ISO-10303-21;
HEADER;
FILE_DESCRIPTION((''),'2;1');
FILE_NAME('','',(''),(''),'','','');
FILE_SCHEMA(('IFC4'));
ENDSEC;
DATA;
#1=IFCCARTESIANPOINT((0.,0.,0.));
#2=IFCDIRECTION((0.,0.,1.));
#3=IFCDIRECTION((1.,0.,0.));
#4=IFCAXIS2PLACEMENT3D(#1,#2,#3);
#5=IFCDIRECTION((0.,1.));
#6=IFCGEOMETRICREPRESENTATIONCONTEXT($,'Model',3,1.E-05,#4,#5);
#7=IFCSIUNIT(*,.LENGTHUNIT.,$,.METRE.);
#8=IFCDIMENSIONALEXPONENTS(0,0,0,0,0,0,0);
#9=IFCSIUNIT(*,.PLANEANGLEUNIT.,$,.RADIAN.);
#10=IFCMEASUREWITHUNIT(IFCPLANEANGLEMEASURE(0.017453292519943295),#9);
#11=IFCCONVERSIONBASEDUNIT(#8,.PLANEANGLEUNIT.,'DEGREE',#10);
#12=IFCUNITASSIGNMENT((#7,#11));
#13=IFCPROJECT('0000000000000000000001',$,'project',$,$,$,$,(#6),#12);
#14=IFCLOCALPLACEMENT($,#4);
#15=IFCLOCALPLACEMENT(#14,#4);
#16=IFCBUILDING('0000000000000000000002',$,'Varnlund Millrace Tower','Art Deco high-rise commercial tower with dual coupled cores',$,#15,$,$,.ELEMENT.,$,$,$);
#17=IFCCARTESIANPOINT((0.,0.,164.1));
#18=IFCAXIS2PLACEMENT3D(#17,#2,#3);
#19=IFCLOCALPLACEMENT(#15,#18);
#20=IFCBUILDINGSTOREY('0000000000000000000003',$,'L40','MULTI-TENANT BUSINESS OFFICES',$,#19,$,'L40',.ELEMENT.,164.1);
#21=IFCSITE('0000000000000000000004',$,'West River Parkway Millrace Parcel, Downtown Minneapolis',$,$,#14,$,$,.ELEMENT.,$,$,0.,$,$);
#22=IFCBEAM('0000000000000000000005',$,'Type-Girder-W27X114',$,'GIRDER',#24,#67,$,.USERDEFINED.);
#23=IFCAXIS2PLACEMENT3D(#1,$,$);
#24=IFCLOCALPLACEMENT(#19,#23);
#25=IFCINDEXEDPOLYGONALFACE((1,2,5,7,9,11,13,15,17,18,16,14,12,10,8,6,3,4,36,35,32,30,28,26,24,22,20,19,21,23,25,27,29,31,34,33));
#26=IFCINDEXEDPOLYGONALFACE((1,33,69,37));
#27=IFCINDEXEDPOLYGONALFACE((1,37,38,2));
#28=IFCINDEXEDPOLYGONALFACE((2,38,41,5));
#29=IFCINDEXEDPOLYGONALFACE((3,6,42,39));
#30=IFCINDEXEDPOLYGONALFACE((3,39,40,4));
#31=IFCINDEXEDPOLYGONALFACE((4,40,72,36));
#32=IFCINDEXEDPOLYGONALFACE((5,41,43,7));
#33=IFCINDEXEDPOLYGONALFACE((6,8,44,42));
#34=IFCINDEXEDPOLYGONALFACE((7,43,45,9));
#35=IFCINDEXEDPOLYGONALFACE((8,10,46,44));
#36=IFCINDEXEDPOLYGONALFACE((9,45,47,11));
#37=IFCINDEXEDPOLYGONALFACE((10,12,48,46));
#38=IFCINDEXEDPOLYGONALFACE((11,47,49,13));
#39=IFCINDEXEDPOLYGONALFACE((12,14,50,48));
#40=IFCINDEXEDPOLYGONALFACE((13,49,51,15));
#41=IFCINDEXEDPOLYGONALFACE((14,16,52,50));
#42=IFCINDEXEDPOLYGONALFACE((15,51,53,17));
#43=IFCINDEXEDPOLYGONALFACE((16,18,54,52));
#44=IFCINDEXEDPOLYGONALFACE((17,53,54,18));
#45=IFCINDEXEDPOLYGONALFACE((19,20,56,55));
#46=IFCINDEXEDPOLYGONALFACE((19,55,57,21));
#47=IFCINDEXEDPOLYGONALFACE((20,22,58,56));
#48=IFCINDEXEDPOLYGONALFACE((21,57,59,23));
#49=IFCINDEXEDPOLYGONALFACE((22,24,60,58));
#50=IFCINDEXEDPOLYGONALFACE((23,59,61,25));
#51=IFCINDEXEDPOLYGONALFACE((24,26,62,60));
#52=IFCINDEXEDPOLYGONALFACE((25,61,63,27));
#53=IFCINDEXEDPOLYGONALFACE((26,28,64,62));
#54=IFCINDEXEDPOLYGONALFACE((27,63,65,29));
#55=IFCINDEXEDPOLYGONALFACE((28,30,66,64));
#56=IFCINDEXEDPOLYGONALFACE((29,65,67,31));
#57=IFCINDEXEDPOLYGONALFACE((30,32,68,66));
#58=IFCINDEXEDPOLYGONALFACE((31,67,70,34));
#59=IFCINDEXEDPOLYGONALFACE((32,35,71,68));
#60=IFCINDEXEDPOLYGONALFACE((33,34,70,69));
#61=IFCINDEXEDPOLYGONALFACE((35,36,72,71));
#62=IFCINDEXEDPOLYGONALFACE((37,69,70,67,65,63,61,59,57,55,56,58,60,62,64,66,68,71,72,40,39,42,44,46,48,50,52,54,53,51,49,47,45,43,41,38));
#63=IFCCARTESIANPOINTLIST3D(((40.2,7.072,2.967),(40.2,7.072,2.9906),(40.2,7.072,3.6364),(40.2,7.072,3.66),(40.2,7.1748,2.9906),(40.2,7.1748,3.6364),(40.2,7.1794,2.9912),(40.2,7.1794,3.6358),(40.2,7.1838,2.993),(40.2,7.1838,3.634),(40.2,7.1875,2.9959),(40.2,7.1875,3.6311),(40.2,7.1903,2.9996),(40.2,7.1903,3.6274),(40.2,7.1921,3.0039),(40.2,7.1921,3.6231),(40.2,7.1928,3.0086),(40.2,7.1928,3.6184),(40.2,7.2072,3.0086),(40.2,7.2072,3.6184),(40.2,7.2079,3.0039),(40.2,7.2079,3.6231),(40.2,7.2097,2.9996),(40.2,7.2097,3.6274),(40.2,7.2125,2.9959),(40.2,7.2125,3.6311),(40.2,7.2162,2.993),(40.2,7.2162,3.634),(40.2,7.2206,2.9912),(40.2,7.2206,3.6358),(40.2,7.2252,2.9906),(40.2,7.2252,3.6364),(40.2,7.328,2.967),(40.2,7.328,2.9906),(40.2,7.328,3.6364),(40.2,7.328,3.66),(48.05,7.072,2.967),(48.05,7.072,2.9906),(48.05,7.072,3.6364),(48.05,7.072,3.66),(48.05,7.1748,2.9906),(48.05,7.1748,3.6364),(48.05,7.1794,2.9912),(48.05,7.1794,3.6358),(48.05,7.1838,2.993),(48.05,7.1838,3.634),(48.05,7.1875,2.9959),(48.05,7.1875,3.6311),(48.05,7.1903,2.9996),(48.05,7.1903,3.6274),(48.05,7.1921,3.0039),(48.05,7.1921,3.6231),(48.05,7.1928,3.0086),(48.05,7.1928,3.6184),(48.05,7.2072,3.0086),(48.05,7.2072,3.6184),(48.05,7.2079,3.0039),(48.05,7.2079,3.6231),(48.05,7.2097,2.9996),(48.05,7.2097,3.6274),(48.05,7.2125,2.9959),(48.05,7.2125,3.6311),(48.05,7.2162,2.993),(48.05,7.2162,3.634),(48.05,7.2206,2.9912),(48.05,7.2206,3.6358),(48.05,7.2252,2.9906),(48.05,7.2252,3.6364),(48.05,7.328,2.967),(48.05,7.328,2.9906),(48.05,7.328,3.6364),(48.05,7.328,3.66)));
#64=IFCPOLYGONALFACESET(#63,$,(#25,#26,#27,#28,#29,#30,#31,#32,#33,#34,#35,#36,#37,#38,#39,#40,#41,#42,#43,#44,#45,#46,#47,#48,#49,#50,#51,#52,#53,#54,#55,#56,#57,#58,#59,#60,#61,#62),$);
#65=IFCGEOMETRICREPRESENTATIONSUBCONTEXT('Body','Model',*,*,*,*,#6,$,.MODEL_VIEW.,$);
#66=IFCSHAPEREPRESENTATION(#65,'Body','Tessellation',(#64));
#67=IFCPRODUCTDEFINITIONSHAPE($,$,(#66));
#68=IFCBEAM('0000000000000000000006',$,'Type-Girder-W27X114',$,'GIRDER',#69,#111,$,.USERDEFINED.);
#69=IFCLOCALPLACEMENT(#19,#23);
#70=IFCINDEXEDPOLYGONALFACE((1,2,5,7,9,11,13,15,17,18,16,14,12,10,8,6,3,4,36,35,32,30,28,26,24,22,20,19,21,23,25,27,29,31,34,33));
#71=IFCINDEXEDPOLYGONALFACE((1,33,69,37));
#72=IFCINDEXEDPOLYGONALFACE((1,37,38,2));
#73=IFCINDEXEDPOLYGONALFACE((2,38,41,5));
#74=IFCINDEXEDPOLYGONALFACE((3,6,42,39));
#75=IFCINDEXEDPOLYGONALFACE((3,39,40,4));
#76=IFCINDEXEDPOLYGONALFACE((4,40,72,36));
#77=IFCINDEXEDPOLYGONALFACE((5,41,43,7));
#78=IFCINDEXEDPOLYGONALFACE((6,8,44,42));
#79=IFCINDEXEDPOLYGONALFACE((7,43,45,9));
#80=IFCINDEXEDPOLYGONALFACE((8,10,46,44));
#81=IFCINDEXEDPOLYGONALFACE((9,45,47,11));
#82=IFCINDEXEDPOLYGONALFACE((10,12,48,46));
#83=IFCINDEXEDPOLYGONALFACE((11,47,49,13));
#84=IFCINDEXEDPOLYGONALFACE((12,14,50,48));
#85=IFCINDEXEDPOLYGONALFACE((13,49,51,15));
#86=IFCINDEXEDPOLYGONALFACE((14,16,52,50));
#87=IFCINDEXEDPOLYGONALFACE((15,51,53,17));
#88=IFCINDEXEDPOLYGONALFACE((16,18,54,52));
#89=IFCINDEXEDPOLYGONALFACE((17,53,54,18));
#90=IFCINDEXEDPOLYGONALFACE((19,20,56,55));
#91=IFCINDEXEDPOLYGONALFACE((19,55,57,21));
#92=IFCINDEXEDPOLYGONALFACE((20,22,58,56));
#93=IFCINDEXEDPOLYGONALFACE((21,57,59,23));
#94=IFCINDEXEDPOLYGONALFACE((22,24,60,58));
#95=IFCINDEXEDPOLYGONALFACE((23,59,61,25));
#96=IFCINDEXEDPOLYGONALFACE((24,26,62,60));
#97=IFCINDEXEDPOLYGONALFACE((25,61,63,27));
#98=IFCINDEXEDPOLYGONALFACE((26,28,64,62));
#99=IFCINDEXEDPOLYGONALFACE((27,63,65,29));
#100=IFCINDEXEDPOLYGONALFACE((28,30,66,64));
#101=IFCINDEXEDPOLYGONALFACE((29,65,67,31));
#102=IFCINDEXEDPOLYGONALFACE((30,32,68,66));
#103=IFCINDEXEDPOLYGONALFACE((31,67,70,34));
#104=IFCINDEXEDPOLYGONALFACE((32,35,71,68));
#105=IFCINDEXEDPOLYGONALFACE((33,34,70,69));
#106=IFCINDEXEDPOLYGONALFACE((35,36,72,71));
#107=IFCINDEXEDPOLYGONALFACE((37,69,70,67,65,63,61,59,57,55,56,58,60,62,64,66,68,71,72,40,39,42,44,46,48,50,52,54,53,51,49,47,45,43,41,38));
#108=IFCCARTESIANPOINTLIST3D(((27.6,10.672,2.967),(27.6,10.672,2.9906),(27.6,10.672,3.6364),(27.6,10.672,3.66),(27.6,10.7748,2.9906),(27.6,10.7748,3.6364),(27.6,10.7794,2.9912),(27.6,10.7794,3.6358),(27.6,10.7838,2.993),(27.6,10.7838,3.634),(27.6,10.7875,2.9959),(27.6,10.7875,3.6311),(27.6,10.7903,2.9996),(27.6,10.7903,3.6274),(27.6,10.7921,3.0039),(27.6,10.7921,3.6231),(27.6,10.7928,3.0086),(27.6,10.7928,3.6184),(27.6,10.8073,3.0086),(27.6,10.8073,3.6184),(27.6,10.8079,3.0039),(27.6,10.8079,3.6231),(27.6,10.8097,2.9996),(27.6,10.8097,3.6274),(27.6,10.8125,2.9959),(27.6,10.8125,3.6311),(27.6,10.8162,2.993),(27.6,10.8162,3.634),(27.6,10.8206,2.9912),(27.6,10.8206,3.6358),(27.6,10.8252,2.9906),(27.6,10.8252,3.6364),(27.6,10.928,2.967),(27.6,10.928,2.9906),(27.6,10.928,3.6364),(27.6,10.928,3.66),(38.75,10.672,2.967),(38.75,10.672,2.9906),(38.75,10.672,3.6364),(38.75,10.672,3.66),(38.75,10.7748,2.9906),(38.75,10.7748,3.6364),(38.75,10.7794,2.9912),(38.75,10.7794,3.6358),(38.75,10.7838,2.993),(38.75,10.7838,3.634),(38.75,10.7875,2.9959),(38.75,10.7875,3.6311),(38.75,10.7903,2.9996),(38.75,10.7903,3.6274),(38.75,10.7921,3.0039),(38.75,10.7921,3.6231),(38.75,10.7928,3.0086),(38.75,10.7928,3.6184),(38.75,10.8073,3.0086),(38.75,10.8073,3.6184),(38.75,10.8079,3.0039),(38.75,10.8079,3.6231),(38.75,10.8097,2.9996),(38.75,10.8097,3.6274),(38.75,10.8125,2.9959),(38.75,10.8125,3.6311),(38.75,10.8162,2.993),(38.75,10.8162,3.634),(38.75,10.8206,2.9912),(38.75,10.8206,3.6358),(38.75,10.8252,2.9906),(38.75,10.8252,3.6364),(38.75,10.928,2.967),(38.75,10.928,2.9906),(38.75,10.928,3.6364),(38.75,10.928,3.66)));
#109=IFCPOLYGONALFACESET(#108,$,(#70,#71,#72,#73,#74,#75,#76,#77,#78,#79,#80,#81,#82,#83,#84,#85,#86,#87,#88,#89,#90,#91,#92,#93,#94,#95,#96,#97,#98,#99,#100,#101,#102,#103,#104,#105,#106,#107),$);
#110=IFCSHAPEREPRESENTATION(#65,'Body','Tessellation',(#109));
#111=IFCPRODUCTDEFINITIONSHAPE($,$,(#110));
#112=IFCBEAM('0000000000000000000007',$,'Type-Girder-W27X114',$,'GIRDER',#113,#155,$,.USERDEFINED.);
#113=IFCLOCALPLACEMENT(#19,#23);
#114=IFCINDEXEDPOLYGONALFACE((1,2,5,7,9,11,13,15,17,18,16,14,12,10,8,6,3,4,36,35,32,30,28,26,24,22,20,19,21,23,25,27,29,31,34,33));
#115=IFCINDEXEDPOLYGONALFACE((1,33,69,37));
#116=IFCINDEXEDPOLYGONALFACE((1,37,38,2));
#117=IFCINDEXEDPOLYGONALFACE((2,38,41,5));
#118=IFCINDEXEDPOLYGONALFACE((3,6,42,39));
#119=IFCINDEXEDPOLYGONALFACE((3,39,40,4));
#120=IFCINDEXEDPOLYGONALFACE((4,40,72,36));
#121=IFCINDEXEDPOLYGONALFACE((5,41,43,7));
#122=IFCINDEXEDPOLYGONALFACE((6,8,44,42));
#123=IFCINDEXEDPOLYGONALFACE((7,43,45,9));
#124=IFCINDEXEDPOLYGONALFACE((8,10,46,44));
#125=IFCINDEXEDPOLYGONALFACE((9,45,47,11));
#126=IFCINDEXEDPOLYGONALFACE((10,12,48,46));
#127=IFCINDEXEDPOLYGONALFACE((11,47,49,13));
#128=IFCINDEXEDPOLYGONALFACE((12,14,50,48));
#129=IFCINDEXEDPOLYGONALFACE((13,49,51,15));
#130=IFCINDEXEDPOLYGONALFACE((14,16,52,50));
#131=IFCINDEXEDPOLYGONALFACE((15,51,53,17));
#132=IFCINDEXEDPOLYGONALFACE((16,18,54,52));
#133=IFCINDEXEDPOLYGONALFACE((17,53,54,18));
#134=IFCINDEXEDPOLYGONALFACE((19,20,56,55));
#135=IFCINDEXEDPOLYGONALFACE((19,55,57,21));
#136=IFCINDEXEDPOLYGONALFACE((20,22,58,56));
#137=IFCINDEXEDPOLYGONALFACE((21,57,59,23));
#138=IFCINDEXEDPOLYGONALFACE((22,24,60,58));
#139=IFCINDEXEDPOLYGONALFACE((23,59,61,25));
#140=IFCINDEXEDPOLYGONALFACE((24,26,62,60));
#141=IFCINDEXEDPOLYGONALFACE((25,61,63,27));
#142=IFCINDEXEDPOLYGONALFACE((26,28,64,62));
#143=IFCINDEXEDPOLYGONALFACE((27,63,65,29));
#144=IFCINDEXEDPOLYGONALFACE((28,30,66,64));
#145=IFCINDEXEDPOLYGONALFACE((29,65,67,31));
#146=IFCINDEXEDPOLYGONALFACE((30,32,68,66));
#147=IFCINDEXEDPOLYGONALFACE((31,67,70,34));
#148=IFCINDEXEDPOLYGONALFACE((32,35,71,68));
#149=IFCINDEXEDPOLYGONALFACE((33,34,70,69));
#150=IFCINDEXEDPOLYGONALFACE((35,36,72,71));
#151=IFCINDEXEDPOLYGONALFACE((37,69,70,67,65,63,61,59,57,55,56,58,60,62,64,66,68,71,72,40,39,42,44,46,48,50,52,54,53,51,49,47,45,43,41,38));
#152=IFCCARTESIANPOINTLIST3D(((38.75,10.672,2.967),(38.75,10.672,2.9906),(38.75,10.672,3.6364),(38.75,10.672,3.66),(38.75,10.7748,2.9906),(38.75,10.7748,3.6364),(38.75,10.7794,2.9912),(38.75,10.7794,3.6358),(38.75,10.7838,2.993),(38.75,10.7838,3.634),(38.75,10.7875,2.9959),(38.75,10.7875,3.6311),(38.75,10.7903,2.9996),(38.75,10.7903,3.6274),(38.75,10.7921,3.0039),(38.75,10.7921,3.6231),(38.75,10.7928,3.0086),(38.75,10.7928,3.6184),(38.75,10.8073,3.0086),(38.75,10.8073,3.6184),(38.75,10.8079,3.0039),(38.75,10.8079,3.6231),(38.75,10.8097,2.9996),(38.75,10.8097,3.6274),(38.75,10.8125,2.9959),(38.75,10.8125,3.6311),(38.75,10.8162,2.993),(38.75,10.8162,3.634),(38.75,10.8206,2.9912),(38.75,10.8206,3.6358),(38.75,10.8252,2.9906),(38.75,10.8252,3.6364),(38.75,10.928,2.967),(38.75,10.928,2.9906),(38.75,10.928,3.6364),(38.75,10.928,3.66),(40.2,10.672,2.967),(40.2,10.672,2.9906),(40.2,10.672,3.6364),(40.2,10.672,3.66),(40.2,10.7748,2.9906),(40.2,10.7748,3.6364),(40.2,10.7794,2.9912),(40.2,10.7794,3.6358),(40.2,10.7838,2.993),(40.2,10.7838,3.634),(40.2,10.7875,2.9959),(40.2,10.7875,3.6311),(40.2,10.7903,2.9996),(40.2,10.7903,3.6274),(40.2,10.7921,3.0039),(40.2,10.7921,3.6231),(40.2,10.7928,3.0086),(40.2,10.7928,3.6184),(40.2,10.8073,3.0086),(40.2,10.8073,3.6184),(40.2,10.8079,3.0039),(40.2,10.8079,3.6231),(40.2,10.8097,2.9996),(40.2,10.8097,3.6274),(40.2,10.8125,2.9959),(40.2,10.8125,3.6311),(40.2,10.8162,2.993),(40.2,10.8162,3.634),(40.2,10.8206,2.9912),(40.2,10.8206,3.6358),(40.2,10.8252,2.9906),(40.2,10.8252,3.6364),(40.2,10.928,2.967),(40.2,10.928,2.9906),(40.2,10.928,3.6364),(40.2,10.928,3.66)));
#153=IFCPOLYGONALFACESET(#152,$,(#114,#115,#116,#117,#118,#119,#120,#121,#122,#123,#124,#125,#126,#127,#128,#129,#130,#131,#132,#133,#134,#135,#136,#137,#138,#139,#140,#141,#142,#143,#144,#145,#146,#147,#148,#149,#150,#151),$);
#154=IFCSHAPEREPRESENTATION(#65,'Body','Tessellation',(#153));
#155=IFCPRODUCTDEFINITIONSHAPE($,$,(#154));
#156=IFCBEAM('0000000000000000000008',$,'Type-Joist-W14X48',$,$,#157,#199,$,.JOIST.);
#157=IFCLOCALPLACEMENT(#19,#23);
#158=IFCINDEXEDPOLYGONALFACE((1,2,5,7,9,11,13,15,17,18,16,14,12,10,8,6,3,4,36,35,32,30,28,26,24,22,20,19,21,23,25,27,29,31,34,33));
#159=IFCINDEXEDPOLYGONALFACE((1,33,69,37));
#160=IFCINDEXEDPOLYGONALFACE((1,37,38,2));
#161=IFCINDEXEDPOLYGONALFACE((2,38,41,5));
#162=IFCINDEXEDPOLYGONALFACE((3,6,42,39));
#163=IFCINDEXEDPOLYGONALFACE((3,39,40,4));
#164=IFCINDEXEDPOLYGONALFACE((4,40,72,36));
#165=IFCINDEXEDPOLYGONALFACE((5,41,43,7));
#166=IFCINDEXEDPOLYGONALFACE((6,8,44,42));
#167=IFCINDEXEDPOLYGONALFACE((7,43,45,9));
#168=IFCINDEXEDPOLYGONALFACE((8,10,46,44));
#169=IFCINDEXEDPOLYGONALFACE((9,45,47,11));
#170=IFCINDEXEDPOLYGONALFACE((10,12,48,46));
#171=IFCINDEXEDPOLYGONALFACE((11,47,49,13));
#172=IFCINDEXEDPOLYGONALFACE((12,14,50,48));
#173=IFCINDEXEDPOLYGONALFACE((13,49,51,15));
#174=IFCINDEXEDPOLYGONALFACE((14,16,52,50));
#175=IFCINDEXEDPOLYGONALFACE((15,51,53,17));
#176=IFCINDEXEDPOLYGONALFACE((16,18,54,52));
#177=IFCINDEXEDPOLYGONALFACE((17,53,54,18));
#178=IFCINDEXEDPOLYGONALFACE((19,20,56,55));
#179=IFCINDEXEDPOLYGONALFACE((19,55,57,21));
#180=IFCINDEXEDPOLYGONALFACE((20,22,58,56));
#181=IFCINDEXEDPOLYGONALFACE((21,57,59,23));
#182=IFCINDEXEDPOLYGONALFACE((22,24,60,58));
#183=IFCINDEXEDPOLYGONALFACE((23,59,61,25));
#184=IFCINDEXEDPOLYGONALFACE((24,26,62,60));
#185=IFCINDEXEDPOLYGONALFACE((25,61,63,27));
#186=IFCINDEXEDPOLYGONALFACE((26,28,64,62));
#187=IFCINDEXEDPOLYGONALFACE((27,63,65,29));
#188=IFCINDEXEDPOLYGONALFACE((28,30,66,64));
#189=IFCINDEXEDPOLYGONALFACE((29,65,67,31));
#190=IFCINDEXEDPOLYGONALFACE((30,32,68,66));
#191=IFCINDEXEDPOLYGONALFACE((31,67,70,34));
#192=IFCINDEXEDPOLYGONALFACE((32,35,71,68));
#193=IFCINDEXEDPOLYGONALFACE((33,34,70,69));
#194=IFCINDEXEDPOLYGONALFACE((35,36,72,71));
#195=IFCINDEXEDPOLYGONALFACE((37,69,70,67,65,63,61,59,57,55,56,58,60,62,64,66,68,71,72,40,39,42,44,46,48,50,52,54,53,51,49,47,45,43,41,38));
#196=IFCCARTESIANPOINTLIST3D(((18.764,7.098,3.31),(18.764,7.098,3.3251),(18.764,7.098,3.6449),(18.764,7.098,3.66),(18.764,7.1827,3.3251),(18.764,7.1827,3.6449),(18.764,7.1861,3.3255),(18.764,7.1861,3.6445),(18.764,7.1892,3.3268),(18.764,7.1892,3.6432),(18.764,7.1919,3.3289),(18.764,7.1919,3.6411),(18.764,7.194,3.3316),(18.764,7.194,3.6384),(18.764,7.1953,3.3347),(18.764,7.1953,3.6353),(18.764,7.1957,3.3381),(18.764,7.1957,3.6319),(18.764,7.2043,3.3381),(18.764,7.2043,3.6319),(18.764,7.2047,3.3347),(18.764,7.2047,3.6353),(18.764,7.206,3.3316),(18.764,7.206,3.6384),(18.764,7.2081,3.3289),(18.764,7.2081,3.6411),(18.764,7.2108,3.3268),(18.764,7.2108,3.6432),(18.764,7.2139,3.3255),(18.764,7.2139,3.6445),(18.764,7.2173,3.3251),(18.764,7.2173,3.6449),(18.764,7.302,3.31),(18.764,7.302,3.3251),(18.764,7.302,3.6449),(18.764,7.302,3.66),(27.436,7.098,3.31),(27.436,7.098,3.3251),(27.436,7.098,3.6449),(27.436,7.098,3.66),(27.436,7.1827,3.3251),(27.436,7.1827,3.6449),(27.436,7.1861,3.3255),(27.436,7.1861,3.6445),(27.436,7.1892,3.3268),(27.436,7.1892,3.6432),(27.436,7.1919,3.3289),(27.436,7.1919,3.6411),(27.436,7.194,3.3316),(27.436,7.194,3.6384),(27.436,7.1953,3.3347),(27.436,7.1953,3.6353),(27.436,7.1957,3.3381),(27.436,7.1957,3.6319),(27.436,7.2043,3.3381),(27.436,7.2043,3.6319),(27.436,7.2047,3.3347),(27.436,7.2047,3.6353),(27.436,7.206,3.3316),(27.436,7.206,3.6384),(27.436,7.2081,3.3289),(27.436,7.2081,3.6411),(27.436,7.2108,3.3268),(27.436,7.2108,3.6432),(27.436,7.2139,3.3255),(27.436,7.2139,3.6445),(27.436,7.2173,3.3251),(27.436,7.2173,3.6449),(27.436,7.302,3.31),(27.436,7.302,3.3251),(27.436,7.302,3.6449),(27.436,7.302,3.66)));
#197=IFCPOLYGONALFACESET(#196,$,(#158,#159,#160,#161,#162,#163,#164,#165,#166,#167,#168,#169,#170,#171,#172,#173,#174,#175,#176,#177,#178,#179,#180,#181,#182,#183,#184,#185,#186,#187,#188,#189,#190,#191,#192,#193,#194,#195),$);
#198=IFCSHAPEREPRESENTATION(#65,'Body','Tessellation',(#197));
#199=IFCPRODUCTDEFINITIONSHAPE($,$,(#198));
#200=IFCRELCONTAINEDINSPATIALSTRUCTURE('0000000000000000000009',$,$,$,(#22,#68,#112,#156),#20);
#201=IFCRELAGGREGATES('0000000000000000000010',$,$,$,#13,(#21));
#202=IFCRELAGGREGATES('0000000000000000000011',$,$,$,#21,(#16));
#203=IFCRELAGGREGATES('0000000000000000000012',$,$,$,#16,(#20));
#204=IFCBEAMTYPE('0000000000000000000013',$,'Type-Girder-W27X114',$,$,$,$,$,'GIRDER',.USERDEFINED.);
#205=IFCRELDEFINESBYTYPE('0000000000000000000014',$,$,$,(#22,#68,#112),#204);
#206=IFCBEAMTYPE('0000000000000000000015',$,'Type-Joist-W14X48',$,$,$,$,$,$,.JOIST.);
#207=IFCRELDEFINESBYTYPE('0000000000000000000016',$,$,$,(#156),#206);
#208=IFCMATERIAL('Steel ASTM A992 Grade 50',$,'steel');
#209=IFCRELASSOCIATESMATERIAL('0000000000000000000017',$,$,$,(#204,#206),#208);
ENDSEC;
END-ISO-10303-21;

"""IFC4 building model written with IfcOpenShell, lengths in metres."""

from ifc_helpers import new_model, entity, si_unit, converted_unit, direction, frame, origin_with_axes, origin_2d_with_axis, place, context, subcontext, project, spatial, i_section, extrude, material, material_profile, profile_set, type_object, element, save


model = new_model("IFC4")

# Units and contexts
model_context = context("Model", 3, precision=1e-05, world=origin_with_axes(), true_north=direction((0.0, 1.0)))
body_context = subcontext(model_context, "Body", "Model", "MODEL_VIEW")
ifc_project = project(units=[si_unit("LENGTHUNIT", "METRE"), converted_unit("PLANEANGLEUNIT", "DEGREE", entity("IfcPlaneAngleMeasure", 0.017453292519943295), si_unit("PLANEANGLEUNIT", "RADIAN"), dimensions=[0, 0, 0, 0, 0, 0, 0])], contexts=[model_context])

# Site, building, storey
site_placement = place(None, origin_with_axes())
site = spatial("IfcSite", under=ifc_project, at=site_placement, Name="West River Parkway Millrace Parcel, Downtown Minneapolis", CompositionType="ELEMENT", RefElevation=0.0)
building_placement = place(site_placement, origin_with_axes())
building = spatial("IfcBuilding", under=site, at=building_placement, Name="Varnlund Millrace Tower", Description="Art Deco high-rise commercial tower with dual coupled cores", CompositionType="ELEMENT")
storey_placement = place(building_placement, frame((0.0, 0.0, 164.1), z_axis=(0.0, 0.0, 1.0), x_axis=(1.0, 0.0, 0.0)))
storey = spatial("IfcBuildingStorey", under=building, at=storey_placement, Name="L40", Description="MULTI-TENANT BUSINESS OFFICES", LongName="L40", CompositionType="ELEMENT", Elevation=164.1)

# Beams
ifc_material_1 = material(Name="Steel ASTM A992 Grade 50", Category="steel")
ifc_material_profile_1 = material_profile(ifc_material_1, i_section(OverallWidth=0.256, OverallDepth=0.693, WebThickness=0.0145, FlangeThickness=0.0236, FilletRadius=0.018, at=origin_2d_with_axis()), Name="Steel ASTM A992 Grade 50")
ifc_profile_set_1 = profile_set([ifc_material_profile_1], Name="Steel ASTM A992 Grade 50")
beam_type_1 = type_object("IfcBeamType", Name="Type-Girder-W27X114", ElementType="GIRDER", PredefinedType="USERDEFINED", material=ifc_profile_set_1)
beam_1_placement = place(storey_placement, frame((40.2, 7.2, 3.3135), z_axis=(1.0, 0.0, 0.0), x_axis=(0.0, 1.0, 0.0)))
element("IfcBeam", 1, at=beam_1_placement, inside=storey, type_object=beam_type_1, Name="Type-Girder-W27X114", ObjectType="GIRDER", PredefinedType="USERDEFINED", context=body_context, shape_type="SweptSolid", body=[
    extrude(i_section(OverallWidth=0.256, OverallDepth=0.693, WebThickness=0.0145, FlangeThickness=0.0236, FilletRadius=0.018, at=origin_2d_with_axis()), origin_with_axes(), (0.0, 0.0, 1.0), 7.85),
])
beam_2_placement = place(storey_placement, frame((27.6, 10.8, 3.3135), z_axis=(1.0, 0.0, 0.0), x_axis=(0.0, 1.0, 0.0)))
element("IfcBeam", 2, at=beam_2_placement, inside=storey, type_object=beam_type_1, Name="Type-Girder-W27X114", ObjectType="GIRDER", PredefinedType="USERDEFINED", context=body_context, shape_type="SweptSolid", body=[
    extrude(i_section(OverallWidth=0.256, OverallDepth=0.693, WebThickness=0.0145, FlangeThickness=0.0236, FilletRadius=0.018, at=origin_2d_with_axis()), origin_with_axes(), (0.0, 0.0, 1.0), 11.15),
])
beam_3_placement = place(storey_placement, frame((38.75, 10.8, 3.3135), z_axis=(1.0, 0.0, 0.0), x_axis=(0.0, 1.0, 0.0)))
element("IfcBeam", 3, at=beam_3_placement, inside=storey, type_object=beam_type_1, Name="Type-Girder-W27X114", ObjectType="GIRDER", PredefinedType="USERDEFINED", context=body_context, shape_type="SweptSolid", body=[
    extrude(i_section(OverallWidth=0.256, OverallDepth=0.693, WebThickness=0.0145, FlangeThickness=0.0236, FilletRadius=0.018, at=origin_2d_with_axis()), origin_with_axes(), (0.0, 0.0, 1.0), 1.45),
])
ifc_material_profile_2 = material_profile(ifc_material_1, i_section(OverallWidth=0.204, OverallDepth=0.35, WebThickness=0.0086, FlangeThickness=0.0151, FilletRadius=0.013, at=origin_2d_with_axis()), Name="Steel ASTM A992 Grade 50")
ifc_profile_set_2 = profile_set([ifc_material_profile_2], Name="Steel ASTM A992 Grade 50")
beam_type_2 = type_object("IfcBeamType", Name="Type-Joist-W14X48", PredefinedType="JOIST", material=ifc_profile_set_2)
for number, where, z_axis, x_axis, name in (
    (4, (18.764, 7.2, 3.485), (1.0, 0.0, 0.0), (0.0, 1.0, 0.0), "Type-Joist-W14X48"),
):
    element("IfcBeam", number, at=place(storey_placement, frame(where, z_axis=z_axis, x_axis=x_axis)), inside=storey, type_object=beam_type_2, Name=name, PredefinedType="JOIST", context=body_context, shape_type="SweptSolid", body=[
        extrude(i_section(OverallWidth=0.204, OverallDepth=0.35, WebThickness=0.0086, FlangeThickness=0.0151, FilletRadius=0.013, at=origin_2d_with_axis()), origin_with_axes(), (0.0, 0.0, 1.0), 8.672),
    ])

save(model, "model.ifc")
